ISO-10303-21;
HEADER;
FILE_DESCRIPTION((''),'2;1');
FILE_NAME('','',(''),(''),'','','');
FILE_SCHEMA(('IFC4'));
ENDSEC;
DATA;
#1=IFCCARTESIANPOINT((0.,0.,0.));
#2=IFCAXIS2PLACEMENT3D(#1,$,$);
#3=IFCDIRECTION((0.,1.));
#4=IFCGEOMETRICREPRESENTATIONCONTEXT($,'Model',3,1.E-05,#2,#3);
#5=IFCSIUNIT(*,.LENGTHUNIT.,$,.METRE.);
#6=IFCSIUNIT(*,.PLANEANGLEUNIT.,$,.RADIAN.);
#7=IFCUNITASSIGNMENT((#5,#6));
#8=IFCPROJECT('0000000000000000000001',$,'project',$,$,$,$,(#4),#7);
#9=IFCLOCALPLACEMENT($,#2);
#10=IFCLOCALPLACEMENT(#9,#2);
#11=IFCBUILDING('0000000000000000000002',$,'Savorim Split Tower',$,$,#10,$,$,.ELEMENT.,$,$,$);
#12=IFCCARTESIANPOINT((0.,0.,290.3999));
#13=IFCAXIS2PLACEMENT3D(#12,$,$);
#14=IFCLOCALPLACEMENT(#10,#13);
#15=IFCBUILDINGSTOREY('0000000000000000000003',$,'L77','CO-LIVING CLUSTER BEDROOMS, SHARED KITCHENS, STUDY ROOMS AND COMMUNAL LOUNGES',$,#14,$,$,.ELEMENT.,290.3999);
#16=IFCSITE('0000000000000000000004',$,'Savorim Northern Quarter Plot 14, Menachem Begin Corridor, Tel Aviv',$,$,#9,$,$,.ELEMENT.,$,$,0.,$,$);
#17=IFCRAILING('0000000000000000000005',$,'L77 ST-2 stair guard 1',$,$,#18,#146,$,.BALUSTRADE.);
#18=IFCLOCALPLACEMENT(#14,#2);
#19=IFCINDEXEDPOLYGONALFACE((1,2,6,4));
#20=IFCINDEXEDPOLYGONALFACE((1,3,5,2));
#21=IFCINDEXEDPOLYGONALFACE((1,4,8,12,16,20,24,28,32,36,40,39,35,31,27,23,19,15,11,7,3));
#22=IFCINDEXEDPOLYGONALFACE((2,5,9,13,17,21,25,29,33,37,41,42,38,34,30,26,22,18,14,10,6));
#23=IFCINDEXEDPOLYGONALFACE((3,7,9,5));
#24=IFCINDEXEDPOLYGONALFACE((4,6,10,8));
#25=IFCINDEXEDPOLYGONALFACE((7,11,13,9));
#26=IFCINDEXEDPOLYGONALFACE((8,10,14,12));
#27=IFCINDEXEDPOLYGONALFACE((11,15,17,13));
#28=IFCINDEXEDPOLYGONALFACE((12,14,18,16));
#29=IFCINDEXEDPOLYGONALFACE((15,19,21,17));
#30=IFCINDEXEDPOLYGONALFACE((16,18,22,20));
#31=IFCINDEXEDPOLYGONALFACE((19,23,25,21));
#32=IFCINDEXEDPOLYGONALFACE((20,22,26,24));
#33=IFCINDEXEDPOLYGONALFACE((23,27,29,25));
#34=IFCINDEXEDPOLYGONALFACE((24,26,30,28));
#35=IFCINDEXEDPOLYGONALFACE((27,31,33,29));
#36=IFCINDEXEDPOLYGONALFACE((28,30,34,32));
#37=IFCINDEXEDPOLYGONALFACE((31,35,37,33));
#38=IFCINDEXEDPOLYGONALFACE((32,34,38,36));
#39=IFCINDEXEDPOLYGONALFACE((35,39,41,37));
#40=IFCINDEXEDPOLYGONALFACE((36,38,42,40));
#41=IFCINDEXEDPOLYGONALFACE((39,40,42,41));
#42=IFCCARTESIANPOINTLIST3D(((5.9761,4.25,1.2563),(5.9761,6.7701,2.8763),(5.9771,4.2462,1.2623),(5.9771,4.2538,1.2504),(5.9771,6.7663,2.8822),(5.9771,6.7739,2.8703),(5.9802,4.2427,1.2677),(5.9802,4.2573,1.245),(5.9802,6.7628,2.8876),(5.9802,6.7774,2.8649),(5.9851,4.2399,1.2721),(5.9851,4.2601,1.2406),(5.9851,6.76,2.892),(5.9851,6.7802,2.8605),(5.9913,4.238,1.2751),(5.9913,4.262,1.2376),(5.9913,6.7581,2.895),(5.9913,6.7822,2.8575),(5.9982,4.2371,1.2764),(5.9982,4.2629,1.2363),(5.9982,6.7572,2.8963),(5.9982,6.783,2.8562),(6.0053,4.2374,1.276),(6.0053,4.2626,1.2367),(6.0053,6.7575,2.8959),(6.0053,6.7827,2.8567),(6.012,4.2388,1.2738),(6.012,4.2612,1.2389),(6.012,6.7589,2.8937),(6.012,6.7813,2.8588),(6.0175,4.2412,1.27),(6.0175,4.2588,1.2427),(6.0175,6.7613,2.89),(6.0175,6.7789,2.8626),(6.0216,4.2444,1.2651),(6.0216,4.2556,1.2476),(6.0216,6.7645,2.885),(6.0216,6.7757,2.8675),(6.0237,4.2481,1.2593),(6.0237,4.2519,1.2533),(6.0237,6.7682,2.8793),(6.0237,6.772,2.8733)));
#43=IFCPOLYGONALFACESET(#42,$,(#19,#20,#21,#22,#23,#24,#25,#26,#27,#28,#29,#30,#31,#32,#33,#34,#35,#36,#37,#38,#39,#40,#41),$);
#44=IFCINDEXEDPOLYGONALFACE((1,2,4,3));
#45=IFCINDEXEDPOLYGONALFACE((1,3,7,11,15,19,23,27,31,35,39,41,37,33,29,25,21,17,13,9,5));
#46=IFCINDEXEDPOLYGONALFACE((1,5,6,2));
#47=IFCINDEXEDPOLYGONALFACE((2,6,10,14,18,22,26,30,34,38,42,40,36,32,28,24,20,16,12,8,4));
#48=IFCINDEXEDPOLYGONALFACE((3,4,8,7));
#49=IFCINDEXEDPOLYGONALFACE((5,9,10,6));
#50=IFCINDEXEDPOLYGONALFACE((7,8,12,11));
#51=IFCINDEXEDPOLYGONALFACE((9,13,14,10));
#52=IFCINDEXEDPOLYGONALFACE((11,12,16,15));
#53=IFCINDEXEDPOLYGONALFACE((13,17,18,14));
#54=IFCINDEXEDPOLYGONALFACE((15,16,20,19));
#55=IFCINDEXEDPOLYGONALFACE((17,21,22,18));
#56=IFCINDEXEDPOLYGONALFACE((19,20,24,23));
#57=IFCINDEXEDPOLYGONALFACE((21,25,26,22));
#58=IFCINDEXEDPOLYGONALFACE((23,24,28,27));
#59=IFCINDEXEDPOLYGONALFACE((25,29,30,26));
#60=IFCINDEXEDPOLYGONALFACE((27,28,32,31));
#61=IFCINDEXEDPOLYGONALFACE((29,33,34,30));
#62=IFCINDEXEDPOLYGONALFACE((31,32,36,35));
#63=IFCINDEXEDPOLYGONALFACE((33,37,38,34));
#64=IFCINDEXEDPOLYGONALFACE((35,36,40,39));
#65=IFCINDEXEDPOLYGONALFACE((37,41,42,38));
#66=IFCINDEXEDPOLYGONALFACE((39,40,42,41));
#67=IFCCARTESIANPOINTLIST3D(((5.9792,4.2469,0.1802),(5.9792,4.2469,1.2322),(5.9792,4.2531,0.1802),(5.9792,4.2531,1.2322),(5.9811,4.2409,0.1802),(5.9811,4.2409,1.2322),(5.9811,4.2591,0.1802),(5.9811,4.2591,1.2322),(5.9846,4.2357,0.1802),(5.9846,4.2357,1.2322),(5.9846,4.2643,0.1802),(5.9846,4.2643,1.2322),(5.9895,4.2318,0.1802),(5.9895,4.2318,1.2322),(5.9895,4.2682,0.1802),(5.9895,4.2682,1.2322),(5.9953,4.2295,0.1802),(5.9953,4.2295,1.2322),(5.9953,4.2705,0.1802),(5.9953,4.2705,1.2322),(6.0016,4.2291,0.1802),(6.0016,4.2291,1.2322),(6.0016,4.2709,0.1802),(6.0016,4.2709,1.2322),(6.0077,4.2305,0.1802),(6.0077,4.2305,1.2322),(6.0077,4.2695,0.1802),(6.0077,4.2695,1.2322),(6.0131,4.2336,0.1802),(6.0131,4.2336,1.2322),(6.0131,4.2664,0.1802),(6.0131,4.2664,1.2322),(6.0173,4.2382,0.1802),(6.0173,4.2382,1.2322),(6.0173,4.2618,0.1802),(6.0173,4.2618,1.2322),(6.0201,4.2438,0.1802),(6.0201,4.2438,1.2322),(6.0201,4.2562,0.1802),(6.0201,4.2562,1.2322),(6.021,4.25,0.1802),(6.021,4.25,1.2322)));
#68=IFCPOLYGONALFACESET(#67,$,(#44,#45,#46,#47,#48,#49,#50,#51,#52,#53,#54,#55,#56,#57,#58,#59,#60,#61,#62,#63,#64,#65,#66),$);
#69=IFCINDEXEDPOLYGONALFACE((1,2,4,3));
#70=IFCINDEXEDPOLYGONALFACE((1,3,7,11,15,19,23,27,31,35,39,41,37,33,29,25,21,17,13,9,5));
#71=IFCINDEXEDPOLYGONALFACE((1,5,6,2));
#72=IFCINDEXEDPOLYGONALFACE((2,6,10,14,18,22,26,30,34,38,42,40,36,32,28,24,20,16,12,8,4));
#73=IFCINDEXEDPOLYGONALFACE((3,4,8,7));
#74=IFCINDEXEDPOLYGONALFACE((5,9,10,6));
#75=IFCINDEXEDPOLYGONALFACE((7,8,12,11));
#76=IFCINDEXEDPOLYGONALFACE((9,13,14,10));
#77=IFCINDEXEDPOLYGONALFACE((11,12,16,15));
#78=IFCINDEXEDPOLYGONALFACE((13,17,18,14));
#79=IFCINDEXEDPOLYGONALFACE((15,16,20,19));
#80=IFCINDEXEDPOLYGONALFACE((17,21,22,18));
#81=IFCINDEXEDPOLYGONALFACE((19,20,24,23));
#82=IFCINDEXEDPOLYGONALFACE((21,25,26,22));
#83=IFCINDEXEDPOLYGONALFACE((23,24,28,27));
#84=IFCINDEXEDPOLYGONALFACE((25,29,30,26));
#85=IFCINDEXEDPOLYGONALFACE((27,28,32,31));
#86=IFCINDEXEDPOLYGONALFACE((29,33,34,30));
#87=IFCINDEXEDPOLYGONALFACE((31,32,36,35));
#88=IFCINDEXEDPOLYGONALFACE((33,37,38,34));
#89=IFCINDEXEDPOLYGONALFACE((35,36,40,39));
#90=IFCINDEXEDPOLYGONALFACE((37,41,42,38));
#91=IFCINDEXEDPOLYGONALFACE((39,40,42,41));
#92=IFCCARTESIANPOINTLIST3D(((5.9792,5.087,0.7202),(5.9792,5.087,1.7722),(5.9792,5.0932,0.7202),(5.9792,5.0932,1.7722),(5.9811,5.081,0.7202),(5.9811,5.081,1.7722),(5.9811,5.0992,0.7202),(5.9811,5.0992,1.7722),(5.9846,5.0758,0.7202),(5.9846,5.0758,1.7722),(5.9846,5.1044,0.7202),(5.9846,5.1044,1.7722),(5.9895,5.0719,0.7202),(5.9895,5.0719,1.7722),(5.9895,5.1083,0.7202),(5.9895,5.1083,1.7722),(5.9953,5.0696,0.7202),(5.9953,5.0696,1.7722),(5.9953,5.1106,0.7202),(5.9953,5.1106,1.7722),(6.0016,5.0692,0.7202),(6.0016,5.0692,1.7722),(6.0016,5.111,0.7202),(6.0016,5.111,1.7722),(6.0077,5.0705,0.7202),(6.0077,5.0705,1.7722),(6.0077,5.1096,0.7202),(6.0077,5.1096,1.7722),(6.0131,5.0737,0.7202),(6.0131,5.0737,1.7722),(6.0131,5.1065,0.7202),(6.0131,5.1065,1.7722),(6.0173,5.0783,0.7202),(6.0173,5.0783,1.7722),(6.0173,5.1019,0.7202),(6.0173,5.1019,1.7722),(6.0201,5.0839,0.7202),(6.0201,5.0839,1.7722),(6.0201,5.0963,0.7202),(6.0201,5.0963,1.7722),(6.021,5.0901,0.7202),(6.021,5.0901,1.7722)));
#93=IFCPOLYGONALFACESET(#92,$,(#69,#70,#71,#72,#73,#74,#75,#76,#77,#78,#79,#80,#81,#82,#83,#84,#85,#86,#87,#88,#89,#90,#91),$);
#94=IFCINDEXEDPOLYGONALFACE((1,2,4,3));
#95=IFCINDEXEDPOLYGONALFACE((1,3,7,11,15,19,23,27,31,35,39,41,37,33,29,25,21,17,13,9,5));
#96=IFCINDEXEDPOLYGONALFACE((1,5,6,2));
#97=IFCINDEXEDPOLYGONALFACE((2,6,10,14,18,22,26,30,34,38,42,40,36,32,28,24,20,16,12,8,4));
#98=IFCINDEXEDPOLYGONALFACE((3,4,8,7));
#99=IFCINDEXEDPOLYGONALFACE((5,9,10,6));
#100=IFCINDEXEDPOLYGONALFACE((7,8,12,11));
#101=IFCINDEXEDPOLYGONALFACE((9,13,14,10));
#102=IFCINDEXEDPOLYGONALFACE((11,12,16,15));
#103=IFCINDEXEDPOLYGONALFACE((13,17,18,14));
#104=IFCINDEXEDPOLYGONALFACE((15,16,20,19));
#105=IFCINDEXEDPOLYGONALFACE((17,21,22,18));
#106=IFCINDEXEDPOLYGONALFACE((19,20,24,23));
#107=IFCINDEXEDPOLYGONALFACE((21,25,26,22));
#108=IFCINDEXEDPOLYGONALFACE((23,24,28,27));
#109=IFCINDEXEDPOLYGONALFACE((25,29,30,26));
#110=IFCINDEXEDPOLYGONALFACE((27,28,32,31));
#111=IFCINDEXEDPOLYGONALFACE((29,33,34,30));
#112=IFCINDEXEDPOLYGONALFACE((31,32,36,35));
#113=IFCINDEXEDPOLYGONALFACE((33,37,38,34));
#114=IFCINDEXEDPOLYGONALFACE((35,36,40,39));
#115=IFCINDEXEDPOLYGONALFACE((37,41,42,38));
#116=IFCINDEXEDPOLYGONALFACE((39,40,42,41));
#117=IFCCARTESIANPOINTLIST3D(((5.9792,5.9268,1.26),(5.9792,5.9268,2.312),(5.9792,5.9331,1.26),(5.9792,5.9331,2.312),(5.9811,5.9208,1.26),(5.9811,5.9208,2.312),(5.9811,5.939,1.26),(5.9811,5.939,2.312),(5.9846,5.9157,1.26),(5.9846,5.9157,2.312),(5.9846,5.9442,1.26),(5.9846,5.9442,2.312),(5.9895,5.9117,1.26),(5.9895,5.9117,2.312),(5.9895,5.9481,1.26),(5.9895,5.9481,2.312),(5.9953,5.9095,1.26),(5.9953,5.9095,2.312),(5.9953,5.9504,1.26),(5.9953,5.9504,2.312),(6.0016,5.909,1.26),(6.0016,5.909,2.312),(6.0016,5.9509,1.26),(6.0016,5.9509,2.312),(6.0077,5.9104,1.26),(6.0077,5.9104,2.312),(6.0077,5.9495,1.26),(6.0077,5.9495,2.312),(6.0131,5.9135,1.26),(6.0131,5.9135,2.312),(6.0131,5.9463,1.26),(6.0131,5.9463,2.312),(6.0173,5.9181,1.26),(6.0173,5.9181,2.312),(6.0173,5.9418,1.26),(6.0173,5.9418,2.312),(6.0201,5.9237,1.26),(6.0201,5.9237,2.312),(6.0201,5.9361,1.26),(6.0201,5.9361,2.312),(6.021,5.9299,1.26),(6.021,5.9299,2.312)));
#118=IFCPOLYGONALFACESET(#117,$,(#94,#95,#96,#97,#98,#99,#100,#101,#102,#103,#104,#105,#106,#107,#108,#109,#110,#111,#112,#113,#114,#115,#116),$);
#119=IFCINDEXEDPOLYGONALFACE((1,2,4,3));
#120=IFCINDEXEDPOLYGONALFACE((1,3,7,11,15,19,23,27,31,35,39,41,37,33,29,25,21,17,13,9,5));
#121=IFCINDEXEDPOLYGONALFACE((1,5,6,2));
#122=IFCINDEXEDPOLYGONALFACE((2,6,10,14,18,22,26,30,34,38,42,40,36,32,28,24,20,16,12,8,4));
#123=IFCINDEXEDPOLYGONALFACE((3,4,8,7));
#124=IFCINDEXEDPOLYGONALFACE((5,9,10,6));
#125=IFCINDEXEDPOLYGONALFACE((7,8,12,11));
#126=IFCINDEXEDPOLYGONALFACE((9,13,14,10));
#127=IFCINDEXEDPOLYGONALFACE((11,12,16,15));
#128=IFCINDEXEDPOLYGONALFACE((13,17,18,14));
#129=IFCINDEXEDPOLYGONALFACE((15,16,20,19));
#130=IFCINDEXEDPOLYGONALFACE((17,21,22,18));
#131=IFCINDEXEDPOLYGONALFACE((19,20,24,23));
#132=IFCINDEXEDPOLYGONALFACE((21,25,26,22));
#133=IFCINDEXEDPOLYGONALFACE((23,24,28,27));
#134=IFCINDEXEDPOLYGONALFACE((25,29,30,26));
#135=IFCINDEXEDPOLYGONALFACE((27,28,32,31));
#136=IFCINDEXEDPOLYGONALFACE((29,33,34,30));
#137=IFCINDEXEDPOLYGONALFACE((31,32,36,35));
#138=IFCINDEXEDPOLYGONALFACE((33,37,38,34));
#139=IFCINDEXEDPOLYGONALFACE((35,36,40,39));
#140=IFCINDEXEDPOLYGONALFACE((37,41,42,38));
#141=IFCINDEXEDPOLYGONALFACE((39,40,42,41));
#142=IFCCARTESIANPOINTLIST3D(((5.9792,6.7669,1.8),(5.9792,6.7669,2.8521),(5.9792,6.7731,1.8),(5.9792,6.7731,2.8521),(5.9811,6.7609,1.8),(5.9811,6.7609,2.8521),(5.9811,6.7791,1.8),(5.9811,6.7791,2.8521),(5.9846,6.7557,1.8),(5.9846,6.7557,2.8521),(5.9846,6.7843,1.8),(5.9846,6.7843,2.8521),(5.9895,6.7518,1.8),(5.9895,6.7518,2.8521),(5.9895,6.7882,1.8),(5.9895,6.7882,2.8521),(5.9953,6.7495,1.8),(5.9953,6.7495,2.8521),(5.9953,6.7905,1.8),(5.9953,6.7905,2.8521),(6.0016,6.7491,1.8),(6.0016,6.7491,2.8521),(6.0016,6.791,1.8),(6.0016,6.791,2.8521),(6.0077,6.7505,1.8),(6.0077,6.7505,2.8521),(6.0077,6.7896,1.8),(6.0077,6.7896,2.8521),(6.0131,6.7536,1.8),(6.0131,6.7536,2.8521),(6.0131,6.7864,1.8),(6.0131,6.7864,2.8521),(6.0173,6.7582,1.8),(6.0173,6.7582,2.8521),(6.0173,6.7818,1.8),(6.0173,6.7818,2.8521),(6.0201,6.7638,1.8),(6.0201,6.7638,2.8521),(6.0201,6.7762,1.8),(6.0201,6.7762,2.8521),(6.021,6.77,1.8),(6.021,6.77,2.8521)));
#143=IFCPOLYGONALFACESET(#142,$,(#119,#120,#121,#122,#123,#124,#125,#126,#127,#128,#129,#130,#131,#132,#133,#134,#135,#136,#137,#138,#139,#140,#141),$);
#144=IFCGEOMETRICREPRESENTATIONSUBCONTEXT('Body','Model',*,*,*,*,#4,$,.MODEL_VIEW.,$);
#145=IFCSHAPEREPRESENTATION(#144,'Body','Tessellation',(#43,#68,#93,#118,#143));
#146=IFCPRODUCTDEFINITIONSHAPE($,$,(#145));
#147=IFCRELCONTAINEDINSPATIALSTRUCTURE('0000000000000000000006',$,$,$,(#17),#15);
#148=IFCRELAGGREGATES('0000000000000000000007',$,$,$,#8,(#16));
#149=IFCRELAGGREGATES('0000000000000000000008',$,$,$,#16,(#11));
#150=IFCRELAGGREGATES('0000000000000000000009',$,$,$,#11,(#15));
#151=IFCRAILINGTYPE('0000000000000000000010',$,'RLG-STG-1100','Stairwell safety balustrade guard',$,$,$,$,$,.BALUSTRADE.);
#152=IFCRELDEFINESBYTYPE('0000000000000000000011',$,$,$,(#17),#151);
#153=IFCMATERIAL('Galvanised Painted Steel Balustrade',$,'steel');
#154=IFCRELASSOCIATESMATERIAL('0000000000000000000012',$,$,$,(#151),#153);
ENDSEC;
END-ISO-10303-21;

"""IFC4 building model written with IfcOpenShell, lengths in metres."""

from ifc_helpers import new_model, si_unit, direction, frame, origin, origin_2d, place, context, subcontext, project, spatial, circle, extrude, material, type_object, element, save


model = new_model("IFC4")

# Units and contexts
model_context = context("Model", 3, precision=1e-05, world=origin(), true_north=direction((0.0, 1.0)))
body_context = subcontext(model_context, "Body", "Model", "MODEL_VIEW")
ifc_project = project(units=[si_unit("LENGTHUNIT", "METRE"), si_unit("PLANEANGLEUNIT", "RADIAN")], contexts=[model_context])

# Site, building, storey
site_placement = place(None, origin())
site = spatial("IfcSite", under=ifc_project, at=site_placement, Name="Savorim Northern Quarter Plot 14, Menachem Begin Corridor, Tel Aviv", CompositionType="ELEMENT", RefElevation=0.0)
building_placement = place(site_placement, origin())
building = spatial("IfcBuilding", under=site, at=building_placement, Name="Savorim Split Tower", CompositionType="ELEMENT")
storey_placement = place(building_placement, frame((0.0, 0.0, 290.3999)))
storey = spatial("IfcBuildingStorey", under=building, at=storey_placement, Name="L77", Description="CO-LIVING CLUSTER BEDROOMS, SHARED KITCHENS, STUDY ROOMS AND COMMUNAL LOUNGES", CompositionType="ELEMENT", Elevation=290.3999)

# Railing
ifc_material_1 = material(Name="Galvanised Painted Steel Balustrade", Category="steel")
railing_type_1 = type_object("IfcRailingType", Name="RLG-STG-1100", Description="Stairwell safety balustrade guard", PredefinedType="BALUSTRADE", material=ifc_material_1)
railing_1_placement = place(storey_placement, frame((6.0, 4.25, 0.1802)))
element("IfcRailing", 1, at=railing_1_placement, inside=storey, type_object=railing_type_1, Name="L77 ST-2 stair guard 1", PredefinedType="BALUSTRADE", context=body_context, shape_type="SweptSolid", body=[
    extrude(circle(Radius=0.0239, at=origin_2d()), frame((0.0, 0.0, 1.0762), z_axis=(0.0, 0.8412, 0.540725), x_axis=(-1.0, 0.0, 0.0)), (0.0, 0.0, 1.0), 2.9958),
    extrude(circle(Radius=0.021, at=origin_2d()), origin(), (0.0, 0.0, 1.0), 1.052),
    extrude(circle(Radius=0.021, at=origin_2d()), frame((0.0, 0.8401, 0.54)), (0.0, 0.0, 1.0), 1.052),
    extrude(circle(Radius=0.021, at=origin_2d()), frame((0.0, 1.6799, 1.0798)), (0.0, 0.0, 1.0), 1.052),
    extrude(circle(Radius=0.021, at=origin_2d()), frame((0.0, 2.52, 1.6199)), (0.0, 0.0, 1.0), 1.052),
])

save(model, "model.ifc")
